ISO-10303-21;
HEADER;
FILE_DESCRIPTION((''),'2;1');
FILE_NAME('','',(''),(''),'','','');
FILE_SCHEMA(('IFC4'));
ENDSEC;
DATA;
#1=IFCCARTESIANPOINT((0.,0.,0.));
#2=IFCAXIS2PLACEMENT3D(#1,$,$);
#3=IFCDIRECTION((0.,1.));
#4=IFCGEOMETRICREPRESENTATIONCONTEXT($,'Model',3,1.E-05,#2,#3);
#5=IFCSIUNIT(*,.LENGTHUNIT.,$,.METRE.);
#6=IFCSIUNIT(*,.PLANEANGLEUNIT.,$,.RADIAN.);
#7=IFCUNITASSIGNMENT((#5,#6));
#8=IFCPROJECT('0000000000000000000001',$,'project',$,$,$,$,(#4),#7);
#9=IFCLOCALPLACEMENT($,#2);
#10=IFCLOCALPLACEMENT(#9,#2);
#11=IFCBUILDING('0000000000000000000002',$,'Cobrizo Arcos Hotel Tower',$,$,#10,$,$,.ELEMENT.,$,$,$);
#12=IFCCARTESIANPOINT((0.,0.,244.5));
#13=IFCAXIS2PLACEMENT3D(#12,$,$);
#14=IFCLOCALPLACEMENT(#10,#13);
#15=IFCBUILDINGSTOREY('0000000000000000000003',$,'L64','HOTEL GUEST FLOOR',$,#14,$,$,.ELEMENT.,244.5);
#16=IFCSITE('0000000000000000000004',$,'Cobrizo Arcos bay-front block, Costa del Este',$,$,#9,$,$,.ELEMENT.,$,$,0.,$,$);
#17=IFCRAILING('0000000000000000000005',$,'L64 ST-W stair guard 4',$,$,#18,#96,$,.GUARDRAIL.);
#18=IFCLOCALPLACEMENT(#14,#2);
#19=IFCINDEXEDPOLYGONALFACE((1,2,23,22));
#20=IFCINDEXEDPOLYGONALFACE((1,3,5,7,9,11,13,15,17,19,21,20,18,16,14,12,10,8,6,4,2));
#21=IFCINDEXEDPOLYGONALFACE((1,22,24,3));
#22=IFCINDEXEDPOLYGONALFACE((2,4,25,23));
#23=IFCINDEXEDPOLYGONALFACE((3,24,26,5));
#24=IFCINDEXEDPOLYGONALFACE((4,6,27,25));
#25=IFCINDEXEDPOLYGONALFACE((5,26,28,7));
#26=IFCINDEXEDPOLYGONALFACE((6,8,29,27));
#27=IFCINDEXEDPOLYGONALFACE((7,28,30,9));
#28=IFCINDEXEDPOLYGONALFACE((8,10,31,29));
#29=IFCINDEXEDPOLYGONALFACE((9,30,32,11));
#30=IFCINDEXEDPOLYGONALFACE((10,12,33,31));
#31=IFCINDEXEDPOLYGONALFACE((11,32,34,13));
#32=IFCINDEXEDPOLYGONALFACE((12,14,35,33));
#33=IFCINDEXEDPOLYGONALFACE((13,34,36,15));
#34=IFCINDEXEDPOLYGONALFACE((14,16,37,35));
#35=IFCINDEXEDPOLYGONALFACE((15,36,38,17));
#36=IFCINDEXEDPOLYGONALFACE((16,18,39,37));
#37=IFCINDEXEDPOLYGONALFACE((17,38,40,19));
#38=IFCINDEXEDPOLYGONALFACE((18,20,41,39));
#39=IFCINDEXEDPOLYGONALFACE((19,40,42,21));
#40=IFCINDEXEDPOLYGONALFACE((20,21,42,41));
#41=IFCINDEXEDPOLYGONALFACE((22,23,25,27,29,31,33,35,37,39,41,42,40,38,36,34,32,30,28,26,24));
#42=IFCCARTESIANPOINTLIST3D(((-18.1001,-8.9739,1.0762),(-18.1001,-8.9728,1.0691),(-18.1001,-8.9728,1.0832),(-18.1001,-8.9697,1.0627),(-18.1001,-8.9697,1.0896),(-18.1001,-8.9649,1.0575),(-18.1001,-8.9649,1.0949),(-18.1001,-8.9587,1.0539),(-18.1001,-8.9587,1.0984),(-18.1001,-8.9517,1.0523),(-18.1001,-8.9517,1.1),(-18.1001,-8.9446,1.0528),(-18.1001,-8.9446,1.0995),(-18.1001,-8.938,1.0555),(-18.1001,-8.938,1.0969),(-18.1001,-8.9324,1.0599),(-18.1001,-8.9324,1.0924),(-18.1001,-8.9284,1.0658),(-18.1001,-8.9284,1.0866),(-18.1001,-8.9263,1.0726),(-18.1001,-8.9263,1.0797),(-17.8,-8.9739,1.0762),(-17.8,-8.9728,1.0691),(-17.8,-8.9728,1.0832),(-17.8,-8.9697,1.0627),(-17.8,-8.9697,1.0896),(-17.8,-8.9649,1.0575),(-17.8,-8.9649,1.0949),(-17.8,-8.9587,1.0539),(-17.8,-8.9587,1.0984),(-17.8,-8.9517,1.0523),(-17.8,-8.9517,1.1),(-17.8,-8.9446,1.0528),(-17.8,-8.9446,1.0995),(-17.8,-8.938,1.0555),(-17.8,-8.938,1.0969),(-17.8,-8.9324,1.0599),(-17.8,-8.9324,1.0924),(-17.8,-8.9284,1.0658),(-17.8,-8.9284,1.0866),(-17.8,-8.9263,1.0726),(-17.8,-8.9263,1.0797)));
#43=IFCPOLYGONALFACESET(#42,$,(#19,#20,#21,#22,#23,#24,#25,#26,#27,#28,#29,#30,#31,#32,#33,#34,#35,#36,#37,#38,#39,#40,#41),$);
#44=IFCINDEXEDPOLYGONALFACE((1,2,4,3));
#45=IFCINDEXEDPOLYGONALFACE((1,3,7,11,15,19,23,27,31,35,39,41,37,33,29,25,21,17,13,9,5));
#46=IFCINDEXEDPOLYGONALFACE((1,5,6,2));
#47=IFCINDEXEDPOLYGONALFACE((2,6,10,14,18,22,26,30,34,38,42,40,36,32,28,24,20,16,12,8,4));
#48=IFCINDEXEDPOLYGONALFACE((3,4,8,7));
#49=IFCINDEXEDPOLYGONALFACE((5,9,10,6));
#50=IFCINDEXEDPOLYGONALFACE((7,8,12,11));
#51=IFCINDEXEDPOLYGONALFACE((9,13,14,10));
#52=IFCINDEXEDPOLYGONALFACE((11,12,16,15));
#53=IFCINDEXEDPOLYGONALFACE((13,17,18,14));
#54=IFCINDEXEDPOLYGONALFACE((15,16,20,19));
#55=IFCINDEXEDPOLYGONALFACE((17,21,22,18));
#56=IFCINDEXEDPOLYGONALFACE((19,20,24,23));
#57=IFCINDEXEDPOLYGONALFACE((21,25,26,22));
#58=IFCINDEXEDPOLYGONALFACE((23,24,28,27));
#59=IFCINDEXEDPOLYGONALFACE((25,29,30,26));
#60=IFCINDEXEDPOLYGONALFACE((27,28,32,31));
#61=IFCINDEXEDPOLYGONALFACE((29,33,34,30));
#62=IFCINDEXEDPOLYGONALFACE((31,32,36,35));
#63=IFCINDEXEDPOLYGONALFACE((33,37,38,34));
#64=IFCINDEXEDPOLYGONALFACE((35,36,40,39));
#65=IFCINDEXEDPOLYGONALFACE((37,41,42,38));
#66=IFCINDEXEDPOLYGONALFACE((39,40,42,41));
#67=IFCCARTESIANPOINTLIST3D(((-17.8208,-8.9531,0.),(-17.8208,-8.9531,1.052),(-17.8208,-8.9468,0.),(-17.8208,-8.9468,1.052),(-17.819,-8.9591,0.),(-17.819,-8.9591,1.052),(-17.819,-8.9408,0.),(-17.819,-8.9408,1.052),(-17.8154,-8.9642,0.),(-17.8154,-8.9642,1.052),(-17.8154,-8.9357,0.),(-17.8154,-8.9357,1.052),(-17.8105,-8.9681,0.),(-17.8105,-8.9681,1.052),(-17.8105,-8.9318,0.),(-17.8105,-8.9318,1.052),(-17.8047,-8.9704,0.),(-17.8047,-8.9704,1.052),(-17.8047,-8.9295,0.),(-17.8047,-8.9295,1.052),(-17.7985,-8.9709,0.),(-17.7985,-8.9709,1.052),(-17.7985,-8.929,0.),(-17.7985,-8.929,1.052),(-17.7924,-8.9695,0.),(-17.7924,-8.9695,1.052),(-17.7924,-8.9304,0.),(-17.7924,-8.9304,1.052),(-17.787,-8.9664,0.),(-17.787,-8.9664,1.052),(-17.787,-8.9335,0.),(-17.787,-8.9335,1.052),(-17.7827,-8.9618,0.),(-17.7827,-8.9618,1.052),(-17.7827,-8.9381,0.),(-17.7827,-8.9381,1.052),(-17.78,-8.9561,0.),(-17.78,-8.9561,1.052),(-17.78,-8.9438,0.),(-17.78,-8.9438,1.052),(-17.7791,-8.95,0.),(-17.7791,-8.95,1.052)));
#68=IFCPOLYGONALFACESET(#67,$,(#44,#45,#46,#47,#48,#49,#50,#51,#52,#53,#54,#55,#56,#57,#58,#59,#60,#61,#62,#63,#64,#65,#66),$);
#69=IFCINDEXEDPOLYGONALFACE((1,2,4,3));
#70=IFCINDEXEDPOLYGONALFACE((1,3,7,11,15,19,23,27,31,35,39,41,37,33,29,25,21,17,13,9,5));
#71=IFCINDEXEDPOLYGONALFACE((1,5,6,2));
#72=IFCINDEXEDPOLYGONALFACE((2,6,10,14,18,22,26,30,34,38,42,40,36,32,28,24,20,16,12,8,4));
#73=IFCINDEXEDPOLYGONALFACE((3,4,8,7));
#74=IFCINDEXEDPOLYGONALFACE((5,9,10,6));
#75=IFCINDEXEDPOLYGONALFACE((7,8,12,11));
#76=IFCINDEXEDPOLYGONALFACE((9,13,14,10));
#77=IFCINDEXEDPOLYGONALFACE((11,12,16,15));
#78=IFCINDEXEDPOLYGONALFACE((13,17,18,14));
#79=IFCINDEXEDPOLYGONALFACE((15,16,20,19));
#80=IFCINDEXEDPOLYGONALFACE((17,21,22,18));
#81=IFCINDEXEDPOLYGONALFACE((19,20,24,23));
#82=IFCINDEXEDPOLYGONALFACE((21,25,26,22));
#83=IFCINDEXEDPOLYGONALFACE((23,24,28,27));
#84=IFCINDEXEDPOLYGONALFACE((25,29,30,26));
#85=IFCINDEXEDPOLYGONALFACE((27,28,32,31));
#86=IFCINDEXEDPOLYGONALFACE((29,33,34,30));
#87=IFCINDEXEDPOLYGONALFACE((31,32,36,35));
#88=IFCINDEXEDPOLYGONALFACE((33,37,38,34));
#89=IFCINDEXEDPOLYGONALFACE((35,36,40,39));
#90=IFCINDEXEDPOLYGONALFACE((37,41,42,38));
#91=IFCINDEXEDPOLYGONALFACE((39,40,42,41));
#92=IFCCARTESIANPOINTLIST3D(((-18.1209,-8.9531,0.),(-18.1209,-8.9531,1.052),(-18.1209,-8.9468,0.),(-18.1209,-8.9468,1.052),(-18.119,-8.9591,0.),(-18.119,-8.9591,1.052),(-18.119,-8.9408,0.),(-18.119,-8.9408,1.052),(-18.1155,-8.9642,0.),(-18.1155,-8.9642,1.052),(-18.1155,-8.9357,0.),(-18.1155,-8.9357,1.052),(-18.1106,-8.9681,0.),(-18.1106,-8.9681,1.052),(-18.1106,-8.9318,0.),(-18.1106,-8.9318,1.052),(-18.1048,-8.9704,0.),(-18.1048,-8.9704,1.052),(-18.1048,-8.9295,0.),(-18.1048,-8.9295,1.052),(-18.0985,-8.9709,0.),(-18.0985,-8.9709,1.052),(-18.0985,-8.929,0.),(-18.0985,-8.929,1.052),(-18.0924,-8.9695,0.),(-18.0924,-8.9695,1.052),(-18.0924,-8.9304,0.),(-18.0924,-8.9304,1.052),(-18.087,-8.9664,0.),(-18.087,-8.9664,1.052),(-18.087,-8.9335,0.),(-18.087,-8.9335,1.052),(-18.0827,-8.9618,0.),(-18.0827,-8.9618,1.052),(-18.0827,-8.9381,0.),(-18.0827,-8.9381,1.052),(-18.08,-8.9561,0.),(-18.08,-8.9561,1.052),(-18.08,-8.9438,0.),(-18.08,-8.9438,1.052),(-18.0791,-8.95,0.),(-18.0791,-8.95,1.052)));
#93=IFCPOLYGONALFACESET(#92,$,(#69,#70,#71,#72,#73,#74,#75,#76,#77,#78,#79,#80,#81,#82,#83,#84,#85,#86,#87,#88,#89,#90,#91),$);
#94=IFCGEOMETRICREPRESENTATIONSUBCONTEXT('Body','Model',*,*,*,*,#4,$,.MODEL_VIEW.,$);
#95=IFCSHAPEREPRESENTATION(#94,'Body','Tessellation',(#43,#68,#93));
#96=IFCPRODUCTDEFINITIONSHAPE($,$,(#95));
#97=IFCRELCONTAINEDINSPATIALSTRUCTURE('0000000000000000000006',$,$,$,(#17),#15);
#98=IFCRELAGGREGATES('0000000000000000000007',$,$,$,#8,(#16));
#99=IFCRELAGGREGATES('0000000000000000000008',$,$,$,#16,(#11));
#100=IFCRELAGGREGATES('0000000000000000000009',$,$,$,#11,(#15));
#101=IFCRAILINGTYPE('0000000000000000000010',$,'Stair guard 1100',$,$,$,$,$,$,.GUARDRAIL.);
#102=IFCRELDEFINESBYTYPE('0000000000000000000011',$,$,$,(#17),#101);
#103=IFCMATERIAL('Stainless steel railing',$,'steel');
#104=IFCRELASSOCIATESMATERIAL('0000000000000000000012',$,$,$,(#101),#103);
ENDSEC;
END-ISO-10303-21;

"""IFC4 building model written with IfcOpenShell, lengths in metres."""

from ifc_helpers import new_model, si_unit, direction, frame, origin, origin_2d, place, context, subcontext, project, spatial, circle, extrude, material, type_object, element, save


model = new_model("IFC4")

# Units and contexts
model_context = context("Model", 3, precision=1e-05, world=origin(), true_north=direction((0.0, 1.0)))
body_context = subcontext(model_context, "Body", "Model", "MODEL_VIEW")
ifc_project = project(units=[si_unit("LENGTHUNIT", "METRE"), si_unit("PLANEANGLEUNIT", "RADIAN")], contexts=[model_context])

# Site, building, storey
site_placement = place(None, origin())
site = spatial("IfcSite", under=ifc_project, at=site_placement, Name="Cobrizo Arcos bay-front block, Costa del Este", CompositionType="ELEMENT", RefElevation=0.0)
building_placement = place(site_placement, origin())
building = spatial("IfcBuilding", under=site, at=building_placement, Name="Cobrizo Arcos Hotel Tower", CompositionType="ELEMENT")
storey_placement = place(building_placement, frame((0.0, 0.0, 244.5)))
storey = spatial("IfcBuildingStorey", under=building, at=storey_placement, Name="L64", Description="HOTEL GUEST FLOOR", CompositionType="ELEMENT", Elevation=244.5)

# Railing
ifc_material_1 = material(Name="Stainless steel railing", Category="steel")
railing_type = type_object("IfcRailingType", Name="Stair guard 1100", PredefinedType="GUARDRAIL", material=ifc_material_1)
railing_1_placement = place(storey_placement, frame((-17.8, -8.95, 0.0)))
element("IfcRailing", 1, at=railing_1_placement, inside=storey, type_object=railing_type, Name="L64 ST-W stair guard 4", PredefinedType="GUARDRAIL", context=body_context, shape_type="SweptSolid", body=[
    extrude(circle(Radius=0.0239, at=origin_2d()), frame((0.0, 0.0, 1.0762), z_axis=(-1.0, 0.0, 0.0), x_axis=(0.0, -1.0, 0.0)), (0.0, 0.0, 1.0), 0.3),
    extrude(circle(Radius=0.021, at=origin_2d()), origin(), (0.0, 0.0, 1.0), 1.052),
    extrude(circle(Radius=0.021, at=origin_2d()), frame((-0.3, 0.0, 0.0)), (0.0, 0.0, 1.0), 1.052),
])

save(model, "model.ifc")
